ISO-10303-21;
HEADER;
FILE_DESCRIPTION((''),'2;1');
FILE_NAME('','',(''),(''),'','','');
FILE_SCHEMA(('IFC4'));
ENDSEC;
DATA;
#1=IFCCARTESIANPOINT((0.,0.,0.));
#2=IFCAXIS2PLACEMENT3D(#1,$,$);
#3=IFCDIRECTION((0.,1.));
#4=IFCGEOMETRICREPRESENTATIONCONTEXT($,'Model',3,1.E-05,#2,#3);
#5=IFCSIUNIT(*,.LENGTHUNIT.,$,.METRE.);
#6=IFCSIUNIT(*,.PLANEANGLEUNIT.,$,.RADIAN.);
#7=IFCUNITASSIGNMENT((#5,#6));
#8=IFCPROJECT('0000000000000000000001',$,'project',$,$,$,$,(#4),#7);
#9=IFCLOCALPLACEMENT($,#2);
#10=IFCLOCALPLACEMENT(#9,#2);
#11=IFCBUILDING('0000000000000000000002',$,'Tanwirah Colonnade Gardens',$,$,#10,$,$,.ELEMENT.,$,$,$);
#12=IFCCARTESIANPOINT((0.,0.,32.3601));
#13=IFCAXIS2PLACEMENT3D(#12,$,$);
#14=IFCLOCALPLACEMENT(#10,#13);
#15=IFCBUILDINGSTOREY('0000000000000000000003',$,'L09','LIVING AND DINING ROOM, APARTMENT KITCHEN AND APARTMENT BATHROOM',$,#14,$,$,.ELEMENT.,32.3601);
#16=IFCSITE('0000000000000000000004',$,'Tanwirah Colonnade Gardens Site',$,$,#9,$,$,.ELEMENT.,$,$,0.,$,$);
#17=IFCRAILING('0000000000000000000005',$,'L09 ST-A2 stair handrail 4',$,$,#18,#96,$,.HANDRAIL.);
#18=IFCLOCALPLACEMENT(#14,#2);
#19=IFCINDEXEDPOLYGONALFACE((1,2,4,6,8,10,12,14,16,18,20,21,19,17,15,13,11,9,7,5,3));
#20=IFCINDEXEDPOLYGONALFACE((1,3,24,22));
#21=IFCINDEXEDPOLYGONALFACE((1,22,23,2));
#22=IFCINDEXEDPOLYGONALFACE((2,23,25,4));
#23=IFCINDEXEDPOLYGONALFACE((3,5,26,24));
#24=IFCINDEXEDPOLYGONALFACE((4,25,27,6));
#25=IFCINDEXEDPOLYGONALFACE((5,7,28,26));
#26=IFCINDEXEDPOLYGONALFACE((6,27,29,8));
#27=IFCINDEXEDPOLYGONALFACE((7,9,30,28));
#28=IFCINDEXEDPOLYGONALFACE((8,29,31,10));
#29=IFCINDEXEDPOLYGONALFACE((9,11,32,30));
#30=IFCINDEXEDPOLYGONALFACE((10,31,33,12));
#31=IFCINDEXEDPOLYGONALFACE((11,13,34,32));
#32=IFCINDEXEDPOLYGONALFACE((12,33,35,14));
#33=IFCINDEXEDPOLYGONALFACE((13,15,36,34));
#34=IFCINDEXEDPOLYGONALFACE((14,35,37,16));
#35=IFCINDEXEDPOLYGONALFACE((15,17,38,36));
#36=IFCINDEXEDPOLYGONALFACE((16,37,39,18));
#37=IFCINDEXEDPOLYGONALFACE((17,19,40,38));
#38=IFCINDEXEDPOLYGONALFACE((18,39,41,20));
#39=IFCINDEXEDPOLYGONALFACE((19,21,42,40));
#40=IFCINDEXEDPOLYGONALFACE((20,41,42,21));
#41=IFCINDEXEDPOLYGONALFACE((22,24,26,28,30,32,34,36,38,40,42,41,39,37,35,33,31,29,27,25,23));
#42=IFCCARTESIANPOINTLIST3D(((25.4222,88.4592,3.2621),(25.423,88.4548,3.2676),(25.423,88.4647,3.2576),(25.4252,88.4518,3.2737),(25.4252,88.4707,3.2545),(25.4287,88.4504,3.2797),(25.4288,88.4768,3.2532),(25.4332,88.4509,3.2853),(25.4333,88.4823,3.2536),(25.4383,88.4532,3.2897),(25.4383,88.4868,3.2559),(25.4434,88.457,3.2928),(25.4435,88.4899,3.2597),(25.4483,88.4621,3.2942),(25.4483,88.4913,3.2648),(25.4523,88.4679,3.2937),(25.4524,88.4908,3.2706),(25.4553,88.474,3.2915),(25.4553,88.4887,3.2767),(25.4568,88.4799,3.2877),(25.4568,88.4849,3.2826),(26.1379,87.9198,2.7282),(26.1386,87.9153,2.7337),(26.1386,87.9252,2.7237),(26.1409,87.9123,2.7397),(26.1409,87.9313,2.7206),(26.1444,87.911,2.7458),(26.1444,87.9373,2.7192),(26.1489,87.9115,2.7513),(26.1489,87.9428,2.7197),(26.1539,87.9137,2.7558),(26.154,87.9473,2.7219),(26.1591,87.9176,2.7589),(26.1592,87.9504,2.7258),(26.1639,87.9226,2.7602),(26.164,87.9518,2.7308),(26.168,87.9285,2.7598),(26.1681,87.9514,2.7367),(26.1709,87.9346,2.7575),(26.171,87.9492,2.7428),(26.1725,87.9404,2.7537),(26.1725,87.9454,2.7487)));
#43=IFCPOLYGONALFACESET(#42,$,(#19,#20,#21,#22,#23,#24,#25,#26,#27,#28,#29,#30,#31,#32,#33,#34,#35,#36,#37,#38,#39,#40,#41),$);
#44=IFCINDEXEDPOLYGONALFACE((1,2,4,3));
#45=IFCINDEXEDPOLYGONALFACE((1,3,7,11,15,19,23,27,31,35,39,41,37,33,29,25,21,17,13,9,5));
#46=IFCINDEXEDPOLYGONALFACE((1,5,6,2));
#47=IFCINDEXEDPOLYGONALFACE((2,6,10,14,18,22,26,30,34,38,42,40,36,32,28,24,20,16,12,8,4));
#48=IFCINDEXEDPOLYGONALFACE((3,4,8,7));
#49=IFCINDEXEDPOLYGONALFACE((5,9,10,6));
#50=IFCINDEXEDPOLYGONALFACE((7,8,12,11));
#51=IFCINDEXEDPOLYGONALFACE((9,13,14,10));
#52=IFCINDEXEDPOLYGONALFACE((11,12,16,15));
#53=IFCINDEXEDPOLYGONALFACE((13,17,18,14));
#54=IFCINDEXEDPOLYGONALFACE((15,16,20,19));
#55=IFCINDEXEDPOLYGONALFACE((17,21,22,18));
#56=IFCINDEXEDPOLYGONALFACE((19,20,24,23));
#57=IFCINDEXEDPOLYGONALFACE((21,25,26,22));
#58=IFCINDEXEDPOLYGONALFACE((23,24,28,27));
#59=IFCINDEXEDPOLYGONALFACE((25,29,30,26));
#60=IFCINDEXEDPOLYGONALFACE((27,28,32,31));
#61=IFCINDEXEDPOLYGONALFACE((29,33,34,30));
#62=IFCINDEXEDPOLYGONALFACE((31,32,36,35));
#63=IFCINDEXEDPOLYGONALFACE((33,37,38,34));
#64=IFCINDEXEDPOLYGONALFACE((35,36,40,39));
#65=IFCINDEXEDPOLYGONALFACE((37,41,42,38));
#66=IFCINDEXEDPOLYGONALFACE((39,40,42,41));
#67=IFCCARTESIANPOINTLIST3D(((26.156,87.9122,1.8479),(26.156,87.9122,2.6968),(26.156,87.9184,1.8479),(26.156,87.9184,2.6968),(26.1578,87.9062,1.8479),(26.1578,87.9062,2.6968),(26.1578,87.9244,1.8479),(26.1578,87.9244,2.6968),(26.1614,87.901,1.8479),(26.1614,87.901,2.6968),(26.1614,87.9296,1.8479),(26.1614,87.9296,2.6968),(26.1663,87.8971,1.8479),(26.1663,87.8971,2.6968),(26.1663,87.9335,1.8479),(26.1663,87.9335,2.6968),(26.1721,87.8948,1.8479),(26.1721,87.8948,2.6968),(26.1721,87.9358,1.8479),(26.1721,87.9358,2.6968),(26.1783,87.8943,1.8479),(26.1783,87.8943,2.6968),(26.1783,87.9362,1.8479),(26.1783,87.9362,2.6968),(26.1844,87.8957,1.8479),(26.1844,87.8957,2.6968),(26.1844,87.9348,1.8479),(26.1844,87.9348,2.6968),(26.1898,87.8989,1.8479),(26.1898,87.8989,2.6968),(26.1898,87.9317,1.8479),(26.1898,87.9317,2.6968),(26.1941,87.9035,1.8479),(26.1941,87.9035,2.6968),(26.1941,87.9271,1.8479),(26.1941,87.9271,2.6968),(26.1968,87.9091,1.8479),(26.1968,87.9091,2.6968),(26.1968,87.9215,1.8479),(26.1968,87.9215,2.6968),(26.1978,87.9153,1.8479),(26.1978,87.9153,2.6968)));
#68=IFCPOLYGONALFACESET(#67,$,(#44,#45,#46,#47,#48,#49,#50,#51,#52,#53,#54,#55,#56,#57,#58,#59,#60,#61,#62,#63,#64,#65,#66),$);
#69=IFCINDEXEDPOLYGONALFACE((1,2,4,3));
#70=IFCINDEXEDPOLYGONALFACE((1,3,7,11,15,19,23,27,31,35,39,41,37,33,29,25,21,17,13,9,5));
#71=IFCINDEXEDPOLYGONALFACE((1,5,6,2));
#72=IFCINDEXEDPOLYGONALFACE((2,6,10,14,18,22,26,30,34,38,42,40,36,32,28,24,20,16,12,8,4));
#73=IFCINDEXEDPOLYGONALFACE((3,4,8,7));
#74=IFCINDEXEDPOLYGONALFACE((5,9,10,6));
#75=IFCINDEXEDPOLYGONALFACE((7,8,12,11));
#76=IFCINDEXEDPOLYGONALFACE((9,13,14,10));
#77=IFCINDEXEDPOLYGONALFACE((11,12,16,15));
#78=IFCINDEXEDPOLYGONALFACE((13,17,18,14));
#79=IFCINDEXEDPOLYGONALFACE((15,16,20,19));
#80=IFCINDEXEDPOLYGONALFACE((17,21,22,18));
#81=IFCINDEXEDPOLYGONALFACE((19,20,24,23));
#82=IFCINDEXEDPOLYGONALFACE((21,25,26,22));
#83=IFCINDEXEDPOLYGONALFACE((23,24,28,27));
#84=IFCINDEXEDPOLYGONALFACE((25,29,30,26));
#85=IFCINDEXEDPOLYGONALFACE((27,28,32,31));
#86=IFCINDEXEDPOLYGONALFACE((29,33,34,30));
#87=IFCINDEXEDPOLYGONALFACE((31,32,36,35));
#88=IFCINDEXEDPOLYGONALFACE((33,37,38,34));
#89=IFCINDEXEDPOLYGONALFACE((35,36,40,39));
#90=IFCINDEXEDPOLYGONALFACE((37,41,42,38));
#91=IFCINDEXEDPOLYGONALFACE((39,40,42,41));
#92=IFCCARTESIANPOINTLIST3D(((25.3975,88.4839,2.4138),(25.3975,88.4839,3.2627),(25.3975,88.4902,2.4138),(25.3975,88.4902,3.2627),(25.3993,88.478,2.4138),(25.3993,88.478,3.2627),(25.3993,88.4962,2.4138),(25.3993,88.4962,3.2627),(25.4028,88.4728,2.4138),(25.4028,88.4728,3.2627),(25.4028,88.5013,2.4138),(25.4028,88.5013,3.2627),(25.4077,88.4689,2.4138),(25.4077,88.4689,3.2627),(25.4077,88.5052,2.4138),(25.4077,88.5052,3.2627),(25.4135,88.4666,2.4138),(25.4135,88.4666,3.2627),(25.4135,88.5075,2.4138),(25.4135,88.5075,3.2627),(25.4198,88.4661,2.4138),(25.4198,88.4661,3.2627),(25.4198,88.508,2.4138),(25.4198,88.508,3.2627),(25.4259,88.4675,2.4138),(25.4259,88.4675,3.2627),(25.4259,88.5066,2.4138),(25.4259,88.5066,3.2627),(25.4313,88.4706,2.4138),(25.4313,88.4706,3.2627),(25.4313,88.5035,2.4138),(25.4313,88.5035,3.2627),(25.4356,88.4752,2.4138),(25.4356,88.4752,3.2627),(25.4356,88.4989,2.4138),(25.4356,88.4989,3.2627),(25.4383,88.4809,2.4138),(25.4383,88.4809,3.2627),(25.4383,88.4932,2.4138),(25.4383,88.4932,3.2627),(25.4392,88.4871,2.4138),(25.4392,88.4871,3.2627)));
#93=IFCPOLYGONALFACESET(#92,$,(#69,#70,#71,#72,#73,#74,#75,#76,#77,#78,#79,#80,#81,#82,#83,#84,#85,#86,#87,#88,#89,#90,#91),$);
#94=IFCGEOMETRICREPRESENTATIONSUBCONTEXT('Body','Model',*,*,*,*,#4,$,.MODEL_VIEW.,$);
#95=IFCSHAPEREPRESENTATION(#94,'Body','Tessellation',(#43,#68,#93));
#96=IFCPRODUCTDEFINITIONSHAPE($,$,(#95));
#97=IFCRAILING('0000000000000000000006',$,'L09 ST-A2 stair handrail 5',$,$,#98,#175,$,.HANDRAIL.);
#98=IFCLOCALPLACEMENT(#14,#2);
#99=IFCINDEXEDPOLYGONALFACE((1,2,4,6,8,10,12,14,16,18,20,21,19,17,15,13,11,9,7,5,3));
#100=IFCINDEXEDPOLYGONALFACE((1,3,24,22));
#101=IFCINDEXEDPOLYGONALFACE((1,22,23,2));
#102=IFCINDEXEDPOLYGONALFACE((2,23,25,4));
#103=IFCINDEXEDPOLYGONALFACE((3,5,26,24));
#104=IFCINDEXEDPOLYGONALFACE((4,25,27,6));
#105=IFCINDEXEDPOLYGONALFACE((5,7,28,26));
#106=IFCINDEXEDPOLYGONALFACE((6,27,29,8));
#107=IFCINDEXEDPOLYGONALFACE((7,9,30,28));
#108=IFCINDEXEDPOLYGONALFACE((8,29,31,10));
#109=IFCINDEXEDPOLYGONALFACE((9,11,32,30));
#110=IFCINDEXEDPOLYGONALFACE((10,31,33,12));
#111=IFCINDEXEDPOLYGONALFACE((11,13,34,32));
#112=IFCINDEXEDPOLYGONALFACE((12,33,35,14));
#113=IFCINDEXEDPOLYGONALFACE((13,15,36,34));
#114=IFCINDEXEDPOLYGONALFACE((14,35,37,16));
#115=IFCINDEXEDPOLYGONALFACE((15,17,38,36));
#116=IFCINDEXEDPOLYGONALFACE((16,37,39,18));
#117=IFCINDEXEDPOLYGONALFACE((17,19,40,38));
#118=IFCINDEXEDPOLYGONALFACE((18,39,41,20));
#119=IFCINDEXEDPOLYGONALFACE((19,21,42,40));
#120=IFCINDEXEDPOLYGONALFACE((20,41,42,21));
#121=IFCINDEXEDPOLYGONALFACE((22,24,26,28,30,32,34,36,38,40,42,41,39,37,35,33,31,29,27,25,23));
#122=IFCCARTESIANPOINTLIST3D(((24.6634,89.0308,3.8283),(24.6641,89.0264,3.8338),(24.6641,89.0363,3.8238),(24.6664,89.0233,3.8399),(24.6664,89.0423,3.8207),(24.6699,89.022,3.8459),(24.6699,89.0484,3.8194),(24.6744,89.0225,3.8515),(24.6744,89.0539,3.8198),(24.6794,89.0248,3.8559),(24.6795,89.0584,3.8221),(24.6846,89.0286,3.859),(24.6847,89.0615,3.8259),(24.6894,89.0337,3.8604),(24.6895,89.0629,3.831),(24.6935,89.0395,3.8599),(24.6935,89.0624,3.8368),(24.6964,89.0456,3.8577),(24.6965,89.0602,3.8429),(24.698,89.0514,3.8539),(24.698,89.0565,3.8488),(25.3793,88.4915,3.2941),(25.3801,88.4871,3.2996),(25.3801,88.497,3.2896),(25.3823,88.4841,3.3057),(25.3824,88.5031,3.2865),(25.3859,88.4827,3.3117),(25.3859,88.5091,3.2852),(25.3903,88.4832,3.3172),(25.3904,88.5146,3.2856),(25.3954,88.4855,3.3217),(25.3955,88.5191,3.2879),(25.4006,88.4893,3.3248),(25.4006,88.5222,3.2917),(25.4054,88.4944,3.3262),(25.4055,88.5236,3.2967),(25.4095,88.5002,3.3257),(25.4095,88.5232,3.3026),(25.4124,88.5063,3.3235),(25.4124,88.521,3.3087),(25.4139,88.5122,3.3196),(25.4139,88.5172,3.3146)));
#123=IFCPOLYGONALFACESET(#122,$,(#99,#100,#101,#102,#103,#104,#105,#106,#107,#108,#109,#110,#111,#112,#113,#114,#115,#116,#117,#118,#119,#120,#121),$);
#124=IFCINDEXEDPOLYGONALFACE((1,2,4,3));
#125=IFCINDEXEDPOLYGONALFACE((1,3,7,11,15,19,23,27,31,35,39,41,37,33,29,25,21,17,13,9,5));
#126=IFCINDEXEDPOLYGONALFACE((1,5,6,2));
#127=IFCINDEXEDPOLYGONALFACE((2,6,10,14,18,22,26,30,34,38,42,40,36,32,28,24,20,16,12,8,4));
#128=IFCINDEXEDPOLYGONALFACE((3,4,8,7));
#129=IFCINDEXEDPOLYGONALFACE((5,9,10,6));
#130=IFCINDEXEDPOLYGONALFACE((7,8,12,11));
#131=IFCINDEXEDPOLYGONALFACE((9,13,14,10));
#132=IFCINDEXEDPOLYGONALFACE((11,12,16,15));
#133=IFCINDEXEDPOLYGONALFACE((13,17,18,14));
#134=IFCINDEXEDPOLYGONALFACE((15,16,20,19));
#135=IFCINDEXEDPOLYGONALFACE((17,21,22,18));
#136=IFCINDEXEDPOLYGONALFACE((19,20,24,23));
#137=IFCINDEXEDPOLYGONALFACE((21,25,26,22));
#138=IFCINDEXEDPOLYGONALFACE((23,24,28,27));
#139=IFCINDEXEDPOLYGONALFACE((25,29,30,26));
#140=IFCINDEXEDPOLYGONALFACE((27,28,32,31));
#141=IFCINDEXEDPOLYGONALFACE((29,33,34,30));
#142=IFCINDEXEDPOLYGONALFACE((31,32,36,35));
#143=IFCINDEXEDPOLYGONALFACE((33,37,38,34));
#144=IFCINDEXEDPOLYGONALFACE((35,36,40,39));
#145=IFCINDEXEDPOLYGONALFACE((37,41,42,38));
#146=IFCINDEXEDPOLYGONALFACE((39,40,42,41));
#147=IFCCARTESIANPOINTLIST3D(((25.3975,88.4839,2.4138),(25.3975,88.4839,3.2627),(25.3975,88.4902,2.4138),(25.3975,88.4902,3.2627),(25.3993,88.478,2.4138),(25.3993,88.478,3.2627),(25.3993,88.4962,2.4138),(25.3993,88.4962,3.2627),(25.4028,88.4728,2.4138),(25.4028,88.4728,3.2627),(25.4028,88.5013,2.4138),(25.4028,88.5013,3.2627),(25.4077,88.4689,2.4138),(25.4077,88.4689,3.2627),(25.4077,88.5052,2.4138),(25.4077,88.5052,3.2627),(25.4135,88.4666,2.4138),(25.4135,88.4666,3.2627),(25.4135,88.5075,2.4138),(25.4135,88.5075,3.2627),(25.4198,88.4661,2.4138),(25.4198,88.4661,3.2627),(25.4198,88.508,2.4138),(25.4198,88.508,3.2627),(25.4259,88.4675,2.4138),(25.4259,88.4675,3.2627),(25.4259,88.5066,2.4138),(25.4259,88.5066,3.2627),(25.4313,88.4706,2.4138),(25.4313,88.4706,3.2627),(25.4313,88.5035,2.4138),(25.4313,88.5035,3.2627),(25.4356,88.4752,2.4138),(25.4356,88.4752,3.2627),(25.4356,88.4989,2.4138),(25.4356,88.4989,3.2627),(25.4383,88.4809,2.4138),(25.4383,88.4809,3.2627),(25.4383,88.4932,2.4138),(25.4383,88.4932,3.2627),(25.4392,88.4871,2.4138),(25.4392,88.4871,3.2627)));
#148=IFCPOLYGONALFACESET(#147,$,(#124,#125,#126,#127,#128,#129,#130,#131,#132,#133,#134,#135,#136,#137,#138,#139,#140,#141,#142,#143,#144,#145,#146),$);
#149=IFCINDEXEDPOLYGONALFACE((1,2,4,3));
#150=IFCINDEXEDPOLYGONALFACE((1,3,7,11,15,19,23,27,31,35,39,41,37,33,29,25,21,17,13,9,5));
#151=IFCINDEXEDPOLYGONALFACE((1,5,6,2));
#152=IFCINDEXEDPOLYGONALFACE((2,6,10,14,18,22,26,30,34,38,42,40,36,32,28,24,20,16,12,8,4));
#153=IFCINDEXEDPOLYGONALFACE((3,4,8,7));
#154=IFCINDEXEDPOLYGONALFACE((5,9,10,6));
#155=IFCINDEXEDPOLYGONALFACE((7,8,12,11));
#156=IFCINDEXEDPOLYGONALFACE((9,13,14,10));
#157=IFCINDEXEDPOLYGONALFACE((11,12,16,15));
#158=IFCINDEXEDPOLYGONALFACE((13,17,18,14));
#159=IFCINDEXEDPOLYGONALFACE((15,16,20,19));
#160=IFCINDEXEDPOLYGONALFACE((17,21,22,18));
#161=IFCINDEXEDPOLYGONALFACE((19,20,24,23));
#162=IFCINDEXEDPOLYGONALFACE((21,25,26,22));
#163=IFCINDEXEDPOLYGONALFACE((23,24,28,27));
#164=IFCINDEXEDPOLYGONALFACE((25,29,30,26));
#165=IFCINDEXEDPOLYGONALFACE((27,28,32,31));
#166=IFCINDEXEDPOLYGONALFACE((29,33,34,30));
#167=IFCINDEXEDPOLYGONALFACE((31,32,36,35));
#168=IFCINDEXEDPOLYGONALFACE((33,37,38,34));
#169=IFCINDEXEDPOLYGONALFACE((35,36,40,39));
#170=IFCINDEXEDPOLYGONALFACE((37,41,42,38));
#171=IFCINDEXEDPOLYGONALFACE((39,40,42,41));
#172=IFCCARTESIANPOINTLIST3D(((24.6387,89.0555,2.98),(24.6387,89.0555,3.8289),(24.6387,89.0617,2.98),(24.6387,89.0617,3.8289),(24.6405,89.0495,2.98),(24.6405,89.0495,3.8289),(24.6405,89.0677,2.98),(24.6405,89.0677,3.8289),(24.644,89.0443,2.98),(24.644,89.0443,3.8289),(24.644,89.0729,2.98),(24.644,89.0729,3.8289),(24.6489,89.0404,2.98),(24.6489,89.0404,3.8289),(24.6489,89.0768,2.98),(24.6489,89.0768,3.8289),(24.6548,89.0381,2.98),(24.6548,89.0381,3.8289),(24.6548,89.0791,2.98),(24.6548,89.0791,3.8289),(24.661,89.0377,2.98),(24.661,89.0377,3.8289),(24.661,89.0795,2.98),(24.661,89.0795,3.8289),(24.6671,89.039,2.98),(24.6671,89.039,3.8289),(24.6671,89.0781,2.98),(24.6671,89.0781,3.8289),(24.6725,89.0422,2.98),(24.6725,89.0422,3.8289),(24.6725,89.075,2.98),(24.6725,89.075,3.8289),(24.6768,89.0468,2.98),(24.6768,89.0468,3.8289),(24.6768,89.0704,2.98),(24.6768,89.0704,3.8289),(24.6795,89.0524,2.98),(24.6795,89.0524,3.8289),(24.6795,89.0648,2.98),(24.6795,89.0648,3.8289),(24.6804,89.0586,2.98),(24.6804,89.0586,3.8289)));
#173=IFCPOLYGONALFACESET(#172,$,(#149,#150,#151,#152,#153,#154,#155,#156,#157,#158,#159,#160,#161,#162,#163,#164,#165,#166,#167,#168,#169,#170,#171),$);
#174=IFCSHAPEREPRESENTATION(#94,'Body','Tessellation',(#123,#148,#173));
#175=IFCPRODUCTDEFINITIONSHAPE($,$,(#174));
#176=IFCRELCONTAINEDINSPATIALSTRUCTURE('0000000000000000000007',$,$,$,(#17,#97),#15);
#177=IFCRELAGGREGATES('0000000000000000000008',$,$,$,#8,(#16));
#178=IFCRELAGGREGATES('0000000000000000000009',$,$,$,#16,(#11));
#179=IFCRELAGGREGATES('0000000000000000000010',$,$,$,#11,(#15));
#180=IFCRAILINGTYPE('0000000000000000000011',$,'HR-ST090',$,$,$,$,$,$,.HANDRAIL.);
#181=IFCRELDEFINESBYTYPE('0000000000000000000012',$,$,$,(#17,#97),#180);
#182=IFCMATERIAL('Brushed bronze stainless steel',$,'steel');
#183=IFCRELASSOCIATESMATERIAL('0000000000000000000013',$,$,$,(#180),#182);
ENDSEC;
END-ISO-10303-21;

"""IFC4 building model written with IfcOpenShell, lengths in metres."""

from ifc_helpers import new_model, si_unit, direction, frame, origin, origin_2d, place, context, subcontext, project, spatial, circle, extrude, material, type_object, element, save


model = new_model("IFC4")

# Units and contexts
model_context = context("Model", 3, precision=1e-05, world=origin(), true_north=direction((0.0, 1.0)))
body_context = subcontext(model_context, "Body", "Model", "MODEL_VIEW")
ifc_project = project(units=[si_unit("LENGTHUNIT", "METRE"), si_unit("PLANEANGLEUNIT", "RADIAN")], contexts=[model_context])

# Site, building, storey
site_placement = place(None, origin())
site = spatial("IfcSite", under=ifc_project, at=site_placement, Name="Tanwirah Colonnade Gardens Site", CompositionType="ELEMENT", RefElevation=0.0)
building_placement = place(site_placement, origin())
building = spatial("IfcBuilding", under=site, at=building_placement, Name="Tanwirah Colonnade Gardens", CompositionType="ELEMENT")
storey_placement = place(building_placement, frame((0.0, 0.0, 32.3601)))
storey = spatial("IfcBuildingStorey", under=building, at=storey_placement, Name="L09", Description="LIVING AND DINING ROOM, APARTMENT KITCHEN AND APARTMENT BATHROOM", CompositionType="ELEMENT", Elevation=32.3601)

# Railings
ifc_material_1 = material(Name="Brushed bronze stainless steel", Category="steel")
railing_type_1 = type_object("IfcRailingType", Name="HR-ST090", PredefinedType="HANDRAIL", material=ifc_material_1)
railing_1_placement = place(storey_placement, frame((26.1768, 87.9153, 1.8479)))
element("IfcRailing", 1, at=railing_1_placement, inside=storey, type_object=railing_type_1, Name="L09 ST-A2 stair handrail 4", PredefinedType="HANDRAIL", context=body_context, shape_type="SweptSolid", body=[
    extrude(circle(Radius=0.0239, at=origin_2d()), frame((-0.0215, 0.0161, 0.8918), z_axis=(-0.686028, 0.517116, 0.511817), x_axis=(-0.601931, -0.798548, 0.0)), (0.0, 0.0, 1.0), 1.0432),
    extrude(circle(Radius=0.021, at=origin_2d()), origin(), (0.0, 0.0, 1.0), 0.8489),
    extrude(circle(Radius=0.021, at=origin_2d()), frame((-0.7585, 0.5718, 0.5659)), (0.0, 0.0, 1.0), 0.8489),
])
railing_2_placement = place(storey_placement, frame((25.4182, 88.4871, 2.4138)))
element("IfcRailing", 2, at=railing_2_placement, inside=storey, type_object=railing_type_1, Name="L09 ST-A2 stair handrail 5", PredefinedType="HANDRAIL", context=body_context, shape_type="SweptSolid", body=[
    extrude(circle(Radius=0.0239, at=origin_2d()), frame((-0.0215, 0.0161, 0.8918), z_axis=(-0.686146, 0.516817, 0.51196), x_axis=(-0.601644, -0.798765, 0.0)), (0.0, 0.0, 1.0), 1.0435),
    extrude(circle(Radius=0.021, at=origin_2d()), origin(), (0.0, 0.0, 1.0), 0.8489),
    extrude(circle(Radius=0.021, at=origin_2d()), frame((-0.7588, 0.5715, 0.5662)), (0.0, 0.0, 1.0), 0.8489),
])

save(model, "model.ifc")
